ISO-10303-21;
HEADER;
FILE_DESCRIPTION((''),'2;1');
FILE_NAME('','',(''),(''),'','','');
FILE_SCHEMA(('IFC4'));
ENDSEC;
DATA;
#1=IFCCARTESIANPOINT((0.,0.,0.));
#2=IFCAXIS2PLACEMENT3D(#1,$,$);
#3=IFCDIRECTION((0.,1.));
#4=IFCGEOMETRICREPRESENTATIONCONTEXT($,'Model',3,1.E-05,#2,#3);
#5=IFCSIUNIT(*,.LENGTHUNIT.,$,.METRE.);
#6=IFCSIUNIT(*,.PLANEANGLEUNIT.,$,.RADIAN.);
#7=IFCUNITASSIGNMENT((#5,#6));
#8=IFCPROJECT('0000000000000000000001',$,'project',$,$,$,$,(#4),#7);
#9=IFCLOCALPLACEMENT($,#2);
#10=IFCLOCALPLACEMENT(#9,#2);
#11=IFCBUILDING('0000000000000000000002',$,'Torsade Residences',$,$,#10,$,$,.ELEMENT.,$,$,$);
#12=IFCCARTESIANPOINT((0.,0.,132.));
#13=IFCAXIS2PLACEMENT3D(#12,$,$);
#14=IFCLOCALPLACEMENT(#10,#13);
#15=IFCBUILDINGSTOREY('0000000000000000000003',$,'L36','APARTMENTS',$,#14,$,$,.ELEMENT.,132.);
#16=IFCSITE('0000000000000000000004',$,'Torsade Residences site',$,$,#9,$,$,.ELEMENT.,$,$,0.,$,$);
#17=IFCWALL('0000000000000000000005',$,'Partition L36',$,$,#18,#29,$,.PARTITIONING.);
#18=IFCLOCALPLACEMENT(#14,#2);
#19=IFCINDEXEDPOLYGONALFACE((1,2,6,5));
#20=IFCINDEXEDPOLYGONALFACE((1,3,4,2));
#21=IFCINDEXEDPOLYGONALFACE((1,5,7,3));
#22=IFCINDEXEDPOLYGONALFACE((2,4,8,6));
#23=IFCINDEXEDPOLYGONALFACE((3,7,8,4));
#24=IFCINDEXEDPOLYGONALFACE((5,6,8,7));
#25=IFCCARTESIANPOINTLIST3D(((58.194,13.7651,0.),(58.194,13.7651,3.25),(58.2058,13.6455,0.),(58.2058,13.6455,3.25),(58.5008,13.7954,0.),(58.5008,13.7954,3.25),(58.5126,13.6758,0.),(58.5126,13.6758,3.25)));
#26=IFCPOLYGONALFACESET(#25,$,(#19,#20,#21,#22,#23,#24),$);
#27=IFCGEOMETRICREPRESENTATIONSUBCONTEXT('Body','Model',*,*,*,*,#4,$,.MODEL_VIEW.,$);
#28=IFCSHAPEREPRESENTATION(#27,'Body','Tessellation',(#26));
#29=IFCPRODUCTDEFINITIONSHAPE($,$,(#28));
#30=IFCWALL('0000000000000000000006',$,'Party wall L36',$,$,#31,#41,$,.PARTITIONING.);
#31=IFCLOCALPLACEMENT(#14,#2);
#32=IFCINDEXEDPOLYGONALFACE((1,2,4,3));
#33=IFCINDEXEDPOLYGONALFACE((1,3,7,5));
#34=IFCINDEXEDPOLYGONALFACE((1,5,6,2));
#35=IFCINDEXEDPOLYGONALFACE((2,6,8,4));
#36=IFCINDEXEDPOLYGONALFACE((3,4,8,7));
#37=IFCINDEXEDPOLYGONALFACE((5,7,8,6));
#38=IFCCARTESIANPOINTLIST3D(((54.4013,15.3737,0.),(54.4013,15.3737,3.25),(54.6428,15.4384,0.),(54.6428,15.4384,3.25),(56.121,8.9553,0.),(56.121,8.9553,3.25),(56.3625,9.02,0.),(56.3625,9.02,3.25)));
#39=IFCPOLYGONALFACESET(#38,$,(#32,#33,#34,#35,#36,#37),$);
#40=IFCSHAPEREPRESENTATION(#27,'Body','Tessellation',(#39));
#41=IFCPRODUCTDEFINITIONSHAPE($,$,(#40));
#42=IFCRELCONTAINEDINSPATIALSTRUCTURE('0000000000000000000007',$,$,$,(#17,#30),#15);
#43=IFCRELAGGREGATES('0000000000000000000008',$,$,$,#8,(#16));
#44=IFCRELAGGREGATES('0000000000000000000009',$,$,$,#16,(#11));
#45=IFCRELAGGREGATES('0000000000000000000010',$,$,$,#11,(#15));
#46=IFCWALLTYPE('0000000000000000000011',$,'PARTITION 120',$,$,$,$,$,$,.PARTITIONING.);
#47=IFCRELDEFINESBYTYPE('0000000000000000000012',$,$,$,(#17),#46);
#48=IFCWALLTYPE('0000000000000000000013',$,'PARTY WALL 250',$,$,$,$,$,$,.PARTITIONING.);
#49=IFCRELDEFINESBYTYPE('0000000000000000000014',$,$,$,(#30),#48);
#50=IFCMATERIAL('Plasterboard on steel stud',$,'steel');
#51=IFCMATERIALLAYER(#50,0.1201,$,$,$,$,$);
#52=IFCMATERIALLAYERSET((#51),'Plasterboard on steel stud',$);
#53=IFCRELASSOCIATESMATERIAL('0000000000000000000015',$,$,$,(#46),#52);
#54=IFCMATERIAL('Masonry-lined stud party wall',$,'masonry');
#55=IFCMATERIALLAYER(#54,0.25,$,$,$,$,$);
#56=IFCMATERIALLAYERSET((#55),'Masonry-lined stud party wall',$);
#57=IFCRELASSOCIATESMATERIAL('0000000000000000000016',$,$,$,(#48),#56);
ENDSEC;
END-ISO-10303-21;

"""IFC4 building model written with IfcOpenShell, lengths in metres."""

from ifc_helpers import new_model, si_unit, direction, frame, frame_2d, origin, place, context, subcontext, project, spatial, rectangle, extrude, material, layer, layer_set, type_object, element, save


model = new_model("IFC4")

# Units and contexts
model_context = context("Model", 3, precision=1e-05, world=origin(), true_north=direction((0.0, 1.0)))
body_context = subcontext(model_context, "Body", "Model", "MODEL_VIEW")
ifc_project = project(units=[si_unit("LENGTHUNIT", "METRE"), si_unit("PLANEANGLEUNIT", "RADIAN")], contexts=[model_context])

# Site, building, storey
site_placement = place(None, origin())
site = spatial("IfcSite", under=ifc_project, at=site_placement, Name="Torsade Residences site", CompositionType="ELEMENT", RefElevation=0.0)
building_placement = place(site_placement, origin())
building = spatial("IfcBuilding", under=site, at=building_placement, Name="Torsade Residences", CompositionType="ELEMENT")
storey_placement = place(building_placement, frame((0.0, 0.0, 132.0)))
storey = spatial("IfcBuildingStorey", under=building, at=storey_placement, Name="L36", Description="APARTMENTS", CompositionType="ELEMENT", Elevation=132.0)

# Shared definitions
ifc_material_1 = material(Name="Plasterboard on steel stud", Category="steel")
ifc_layer_1 = layer(ifc_material_1, 0.1201)
ifc_layer_set_1 = layer_set([ifc_layer_1], Name="Plasterboard on steel stud")
wall_type_1 = type_object("IfcWallType", Name="PARTITION 120", PredefinedType="PARTITIONING", material=ifc_layer_set_1)

# Walls
wall_1_placement = place(storey_placement, frame((58.5068, 13.7356, 0.0), z_axis=(0.0, 0.0, 1.0), x_axis=(-0.99517, -0.098171, 0.0)))
element("IfcWall", 1, at=wall_1_placement, inside=storey, type_object=wall_type_1, Name="Partition L36", PredefinedType="PARTITIONING", context=body_context, shape_type="SweptSolid", body=[
    extrude(rectangle(XDim=0.3083, YDim=0.1201, at=frame_2d((0.1543, 0.0))), origin(), (0.0, 0.0, 1.0), 3.25),
])
ifc_material_2 = material(Name="Masonry-lined stud party wall", Category="masonry")
ifc_layer_2 = layer(ifc_material_2, 0.25)
ifc_layer_set_2 = layer_set([ifc_layer_2], Name="Masonry-lined stud party wall")
wall_type_2 = type_object("IfcWallType", Name="PARTY WALL 250", PredefinedType="PARTITIONING", material=ifc_layer_set_2)
wall_2_placement = place(storey_placement, frame((56.2417, 8.9878, 0.0), z_axis=(0.0, 0.0, 1.0), x_axis=(-0.258806, 0.965929, 0.0)))
element("IfcWall", 2, at=wall_2_placement, inside=storey, type_object=wall_type_2, Name="Party wall L36", PredefinedType="PARTITIONING", context=body_context, shape_type="SweptSolid", body=[
    extrude(rectangle(XDim=6.6448, YDim=0.25, at=frame_2d((3.3223, 0.0))), origin(), (0.0, 0.0, 1.0), 3.25),
])

save(model, "model.ifc")
